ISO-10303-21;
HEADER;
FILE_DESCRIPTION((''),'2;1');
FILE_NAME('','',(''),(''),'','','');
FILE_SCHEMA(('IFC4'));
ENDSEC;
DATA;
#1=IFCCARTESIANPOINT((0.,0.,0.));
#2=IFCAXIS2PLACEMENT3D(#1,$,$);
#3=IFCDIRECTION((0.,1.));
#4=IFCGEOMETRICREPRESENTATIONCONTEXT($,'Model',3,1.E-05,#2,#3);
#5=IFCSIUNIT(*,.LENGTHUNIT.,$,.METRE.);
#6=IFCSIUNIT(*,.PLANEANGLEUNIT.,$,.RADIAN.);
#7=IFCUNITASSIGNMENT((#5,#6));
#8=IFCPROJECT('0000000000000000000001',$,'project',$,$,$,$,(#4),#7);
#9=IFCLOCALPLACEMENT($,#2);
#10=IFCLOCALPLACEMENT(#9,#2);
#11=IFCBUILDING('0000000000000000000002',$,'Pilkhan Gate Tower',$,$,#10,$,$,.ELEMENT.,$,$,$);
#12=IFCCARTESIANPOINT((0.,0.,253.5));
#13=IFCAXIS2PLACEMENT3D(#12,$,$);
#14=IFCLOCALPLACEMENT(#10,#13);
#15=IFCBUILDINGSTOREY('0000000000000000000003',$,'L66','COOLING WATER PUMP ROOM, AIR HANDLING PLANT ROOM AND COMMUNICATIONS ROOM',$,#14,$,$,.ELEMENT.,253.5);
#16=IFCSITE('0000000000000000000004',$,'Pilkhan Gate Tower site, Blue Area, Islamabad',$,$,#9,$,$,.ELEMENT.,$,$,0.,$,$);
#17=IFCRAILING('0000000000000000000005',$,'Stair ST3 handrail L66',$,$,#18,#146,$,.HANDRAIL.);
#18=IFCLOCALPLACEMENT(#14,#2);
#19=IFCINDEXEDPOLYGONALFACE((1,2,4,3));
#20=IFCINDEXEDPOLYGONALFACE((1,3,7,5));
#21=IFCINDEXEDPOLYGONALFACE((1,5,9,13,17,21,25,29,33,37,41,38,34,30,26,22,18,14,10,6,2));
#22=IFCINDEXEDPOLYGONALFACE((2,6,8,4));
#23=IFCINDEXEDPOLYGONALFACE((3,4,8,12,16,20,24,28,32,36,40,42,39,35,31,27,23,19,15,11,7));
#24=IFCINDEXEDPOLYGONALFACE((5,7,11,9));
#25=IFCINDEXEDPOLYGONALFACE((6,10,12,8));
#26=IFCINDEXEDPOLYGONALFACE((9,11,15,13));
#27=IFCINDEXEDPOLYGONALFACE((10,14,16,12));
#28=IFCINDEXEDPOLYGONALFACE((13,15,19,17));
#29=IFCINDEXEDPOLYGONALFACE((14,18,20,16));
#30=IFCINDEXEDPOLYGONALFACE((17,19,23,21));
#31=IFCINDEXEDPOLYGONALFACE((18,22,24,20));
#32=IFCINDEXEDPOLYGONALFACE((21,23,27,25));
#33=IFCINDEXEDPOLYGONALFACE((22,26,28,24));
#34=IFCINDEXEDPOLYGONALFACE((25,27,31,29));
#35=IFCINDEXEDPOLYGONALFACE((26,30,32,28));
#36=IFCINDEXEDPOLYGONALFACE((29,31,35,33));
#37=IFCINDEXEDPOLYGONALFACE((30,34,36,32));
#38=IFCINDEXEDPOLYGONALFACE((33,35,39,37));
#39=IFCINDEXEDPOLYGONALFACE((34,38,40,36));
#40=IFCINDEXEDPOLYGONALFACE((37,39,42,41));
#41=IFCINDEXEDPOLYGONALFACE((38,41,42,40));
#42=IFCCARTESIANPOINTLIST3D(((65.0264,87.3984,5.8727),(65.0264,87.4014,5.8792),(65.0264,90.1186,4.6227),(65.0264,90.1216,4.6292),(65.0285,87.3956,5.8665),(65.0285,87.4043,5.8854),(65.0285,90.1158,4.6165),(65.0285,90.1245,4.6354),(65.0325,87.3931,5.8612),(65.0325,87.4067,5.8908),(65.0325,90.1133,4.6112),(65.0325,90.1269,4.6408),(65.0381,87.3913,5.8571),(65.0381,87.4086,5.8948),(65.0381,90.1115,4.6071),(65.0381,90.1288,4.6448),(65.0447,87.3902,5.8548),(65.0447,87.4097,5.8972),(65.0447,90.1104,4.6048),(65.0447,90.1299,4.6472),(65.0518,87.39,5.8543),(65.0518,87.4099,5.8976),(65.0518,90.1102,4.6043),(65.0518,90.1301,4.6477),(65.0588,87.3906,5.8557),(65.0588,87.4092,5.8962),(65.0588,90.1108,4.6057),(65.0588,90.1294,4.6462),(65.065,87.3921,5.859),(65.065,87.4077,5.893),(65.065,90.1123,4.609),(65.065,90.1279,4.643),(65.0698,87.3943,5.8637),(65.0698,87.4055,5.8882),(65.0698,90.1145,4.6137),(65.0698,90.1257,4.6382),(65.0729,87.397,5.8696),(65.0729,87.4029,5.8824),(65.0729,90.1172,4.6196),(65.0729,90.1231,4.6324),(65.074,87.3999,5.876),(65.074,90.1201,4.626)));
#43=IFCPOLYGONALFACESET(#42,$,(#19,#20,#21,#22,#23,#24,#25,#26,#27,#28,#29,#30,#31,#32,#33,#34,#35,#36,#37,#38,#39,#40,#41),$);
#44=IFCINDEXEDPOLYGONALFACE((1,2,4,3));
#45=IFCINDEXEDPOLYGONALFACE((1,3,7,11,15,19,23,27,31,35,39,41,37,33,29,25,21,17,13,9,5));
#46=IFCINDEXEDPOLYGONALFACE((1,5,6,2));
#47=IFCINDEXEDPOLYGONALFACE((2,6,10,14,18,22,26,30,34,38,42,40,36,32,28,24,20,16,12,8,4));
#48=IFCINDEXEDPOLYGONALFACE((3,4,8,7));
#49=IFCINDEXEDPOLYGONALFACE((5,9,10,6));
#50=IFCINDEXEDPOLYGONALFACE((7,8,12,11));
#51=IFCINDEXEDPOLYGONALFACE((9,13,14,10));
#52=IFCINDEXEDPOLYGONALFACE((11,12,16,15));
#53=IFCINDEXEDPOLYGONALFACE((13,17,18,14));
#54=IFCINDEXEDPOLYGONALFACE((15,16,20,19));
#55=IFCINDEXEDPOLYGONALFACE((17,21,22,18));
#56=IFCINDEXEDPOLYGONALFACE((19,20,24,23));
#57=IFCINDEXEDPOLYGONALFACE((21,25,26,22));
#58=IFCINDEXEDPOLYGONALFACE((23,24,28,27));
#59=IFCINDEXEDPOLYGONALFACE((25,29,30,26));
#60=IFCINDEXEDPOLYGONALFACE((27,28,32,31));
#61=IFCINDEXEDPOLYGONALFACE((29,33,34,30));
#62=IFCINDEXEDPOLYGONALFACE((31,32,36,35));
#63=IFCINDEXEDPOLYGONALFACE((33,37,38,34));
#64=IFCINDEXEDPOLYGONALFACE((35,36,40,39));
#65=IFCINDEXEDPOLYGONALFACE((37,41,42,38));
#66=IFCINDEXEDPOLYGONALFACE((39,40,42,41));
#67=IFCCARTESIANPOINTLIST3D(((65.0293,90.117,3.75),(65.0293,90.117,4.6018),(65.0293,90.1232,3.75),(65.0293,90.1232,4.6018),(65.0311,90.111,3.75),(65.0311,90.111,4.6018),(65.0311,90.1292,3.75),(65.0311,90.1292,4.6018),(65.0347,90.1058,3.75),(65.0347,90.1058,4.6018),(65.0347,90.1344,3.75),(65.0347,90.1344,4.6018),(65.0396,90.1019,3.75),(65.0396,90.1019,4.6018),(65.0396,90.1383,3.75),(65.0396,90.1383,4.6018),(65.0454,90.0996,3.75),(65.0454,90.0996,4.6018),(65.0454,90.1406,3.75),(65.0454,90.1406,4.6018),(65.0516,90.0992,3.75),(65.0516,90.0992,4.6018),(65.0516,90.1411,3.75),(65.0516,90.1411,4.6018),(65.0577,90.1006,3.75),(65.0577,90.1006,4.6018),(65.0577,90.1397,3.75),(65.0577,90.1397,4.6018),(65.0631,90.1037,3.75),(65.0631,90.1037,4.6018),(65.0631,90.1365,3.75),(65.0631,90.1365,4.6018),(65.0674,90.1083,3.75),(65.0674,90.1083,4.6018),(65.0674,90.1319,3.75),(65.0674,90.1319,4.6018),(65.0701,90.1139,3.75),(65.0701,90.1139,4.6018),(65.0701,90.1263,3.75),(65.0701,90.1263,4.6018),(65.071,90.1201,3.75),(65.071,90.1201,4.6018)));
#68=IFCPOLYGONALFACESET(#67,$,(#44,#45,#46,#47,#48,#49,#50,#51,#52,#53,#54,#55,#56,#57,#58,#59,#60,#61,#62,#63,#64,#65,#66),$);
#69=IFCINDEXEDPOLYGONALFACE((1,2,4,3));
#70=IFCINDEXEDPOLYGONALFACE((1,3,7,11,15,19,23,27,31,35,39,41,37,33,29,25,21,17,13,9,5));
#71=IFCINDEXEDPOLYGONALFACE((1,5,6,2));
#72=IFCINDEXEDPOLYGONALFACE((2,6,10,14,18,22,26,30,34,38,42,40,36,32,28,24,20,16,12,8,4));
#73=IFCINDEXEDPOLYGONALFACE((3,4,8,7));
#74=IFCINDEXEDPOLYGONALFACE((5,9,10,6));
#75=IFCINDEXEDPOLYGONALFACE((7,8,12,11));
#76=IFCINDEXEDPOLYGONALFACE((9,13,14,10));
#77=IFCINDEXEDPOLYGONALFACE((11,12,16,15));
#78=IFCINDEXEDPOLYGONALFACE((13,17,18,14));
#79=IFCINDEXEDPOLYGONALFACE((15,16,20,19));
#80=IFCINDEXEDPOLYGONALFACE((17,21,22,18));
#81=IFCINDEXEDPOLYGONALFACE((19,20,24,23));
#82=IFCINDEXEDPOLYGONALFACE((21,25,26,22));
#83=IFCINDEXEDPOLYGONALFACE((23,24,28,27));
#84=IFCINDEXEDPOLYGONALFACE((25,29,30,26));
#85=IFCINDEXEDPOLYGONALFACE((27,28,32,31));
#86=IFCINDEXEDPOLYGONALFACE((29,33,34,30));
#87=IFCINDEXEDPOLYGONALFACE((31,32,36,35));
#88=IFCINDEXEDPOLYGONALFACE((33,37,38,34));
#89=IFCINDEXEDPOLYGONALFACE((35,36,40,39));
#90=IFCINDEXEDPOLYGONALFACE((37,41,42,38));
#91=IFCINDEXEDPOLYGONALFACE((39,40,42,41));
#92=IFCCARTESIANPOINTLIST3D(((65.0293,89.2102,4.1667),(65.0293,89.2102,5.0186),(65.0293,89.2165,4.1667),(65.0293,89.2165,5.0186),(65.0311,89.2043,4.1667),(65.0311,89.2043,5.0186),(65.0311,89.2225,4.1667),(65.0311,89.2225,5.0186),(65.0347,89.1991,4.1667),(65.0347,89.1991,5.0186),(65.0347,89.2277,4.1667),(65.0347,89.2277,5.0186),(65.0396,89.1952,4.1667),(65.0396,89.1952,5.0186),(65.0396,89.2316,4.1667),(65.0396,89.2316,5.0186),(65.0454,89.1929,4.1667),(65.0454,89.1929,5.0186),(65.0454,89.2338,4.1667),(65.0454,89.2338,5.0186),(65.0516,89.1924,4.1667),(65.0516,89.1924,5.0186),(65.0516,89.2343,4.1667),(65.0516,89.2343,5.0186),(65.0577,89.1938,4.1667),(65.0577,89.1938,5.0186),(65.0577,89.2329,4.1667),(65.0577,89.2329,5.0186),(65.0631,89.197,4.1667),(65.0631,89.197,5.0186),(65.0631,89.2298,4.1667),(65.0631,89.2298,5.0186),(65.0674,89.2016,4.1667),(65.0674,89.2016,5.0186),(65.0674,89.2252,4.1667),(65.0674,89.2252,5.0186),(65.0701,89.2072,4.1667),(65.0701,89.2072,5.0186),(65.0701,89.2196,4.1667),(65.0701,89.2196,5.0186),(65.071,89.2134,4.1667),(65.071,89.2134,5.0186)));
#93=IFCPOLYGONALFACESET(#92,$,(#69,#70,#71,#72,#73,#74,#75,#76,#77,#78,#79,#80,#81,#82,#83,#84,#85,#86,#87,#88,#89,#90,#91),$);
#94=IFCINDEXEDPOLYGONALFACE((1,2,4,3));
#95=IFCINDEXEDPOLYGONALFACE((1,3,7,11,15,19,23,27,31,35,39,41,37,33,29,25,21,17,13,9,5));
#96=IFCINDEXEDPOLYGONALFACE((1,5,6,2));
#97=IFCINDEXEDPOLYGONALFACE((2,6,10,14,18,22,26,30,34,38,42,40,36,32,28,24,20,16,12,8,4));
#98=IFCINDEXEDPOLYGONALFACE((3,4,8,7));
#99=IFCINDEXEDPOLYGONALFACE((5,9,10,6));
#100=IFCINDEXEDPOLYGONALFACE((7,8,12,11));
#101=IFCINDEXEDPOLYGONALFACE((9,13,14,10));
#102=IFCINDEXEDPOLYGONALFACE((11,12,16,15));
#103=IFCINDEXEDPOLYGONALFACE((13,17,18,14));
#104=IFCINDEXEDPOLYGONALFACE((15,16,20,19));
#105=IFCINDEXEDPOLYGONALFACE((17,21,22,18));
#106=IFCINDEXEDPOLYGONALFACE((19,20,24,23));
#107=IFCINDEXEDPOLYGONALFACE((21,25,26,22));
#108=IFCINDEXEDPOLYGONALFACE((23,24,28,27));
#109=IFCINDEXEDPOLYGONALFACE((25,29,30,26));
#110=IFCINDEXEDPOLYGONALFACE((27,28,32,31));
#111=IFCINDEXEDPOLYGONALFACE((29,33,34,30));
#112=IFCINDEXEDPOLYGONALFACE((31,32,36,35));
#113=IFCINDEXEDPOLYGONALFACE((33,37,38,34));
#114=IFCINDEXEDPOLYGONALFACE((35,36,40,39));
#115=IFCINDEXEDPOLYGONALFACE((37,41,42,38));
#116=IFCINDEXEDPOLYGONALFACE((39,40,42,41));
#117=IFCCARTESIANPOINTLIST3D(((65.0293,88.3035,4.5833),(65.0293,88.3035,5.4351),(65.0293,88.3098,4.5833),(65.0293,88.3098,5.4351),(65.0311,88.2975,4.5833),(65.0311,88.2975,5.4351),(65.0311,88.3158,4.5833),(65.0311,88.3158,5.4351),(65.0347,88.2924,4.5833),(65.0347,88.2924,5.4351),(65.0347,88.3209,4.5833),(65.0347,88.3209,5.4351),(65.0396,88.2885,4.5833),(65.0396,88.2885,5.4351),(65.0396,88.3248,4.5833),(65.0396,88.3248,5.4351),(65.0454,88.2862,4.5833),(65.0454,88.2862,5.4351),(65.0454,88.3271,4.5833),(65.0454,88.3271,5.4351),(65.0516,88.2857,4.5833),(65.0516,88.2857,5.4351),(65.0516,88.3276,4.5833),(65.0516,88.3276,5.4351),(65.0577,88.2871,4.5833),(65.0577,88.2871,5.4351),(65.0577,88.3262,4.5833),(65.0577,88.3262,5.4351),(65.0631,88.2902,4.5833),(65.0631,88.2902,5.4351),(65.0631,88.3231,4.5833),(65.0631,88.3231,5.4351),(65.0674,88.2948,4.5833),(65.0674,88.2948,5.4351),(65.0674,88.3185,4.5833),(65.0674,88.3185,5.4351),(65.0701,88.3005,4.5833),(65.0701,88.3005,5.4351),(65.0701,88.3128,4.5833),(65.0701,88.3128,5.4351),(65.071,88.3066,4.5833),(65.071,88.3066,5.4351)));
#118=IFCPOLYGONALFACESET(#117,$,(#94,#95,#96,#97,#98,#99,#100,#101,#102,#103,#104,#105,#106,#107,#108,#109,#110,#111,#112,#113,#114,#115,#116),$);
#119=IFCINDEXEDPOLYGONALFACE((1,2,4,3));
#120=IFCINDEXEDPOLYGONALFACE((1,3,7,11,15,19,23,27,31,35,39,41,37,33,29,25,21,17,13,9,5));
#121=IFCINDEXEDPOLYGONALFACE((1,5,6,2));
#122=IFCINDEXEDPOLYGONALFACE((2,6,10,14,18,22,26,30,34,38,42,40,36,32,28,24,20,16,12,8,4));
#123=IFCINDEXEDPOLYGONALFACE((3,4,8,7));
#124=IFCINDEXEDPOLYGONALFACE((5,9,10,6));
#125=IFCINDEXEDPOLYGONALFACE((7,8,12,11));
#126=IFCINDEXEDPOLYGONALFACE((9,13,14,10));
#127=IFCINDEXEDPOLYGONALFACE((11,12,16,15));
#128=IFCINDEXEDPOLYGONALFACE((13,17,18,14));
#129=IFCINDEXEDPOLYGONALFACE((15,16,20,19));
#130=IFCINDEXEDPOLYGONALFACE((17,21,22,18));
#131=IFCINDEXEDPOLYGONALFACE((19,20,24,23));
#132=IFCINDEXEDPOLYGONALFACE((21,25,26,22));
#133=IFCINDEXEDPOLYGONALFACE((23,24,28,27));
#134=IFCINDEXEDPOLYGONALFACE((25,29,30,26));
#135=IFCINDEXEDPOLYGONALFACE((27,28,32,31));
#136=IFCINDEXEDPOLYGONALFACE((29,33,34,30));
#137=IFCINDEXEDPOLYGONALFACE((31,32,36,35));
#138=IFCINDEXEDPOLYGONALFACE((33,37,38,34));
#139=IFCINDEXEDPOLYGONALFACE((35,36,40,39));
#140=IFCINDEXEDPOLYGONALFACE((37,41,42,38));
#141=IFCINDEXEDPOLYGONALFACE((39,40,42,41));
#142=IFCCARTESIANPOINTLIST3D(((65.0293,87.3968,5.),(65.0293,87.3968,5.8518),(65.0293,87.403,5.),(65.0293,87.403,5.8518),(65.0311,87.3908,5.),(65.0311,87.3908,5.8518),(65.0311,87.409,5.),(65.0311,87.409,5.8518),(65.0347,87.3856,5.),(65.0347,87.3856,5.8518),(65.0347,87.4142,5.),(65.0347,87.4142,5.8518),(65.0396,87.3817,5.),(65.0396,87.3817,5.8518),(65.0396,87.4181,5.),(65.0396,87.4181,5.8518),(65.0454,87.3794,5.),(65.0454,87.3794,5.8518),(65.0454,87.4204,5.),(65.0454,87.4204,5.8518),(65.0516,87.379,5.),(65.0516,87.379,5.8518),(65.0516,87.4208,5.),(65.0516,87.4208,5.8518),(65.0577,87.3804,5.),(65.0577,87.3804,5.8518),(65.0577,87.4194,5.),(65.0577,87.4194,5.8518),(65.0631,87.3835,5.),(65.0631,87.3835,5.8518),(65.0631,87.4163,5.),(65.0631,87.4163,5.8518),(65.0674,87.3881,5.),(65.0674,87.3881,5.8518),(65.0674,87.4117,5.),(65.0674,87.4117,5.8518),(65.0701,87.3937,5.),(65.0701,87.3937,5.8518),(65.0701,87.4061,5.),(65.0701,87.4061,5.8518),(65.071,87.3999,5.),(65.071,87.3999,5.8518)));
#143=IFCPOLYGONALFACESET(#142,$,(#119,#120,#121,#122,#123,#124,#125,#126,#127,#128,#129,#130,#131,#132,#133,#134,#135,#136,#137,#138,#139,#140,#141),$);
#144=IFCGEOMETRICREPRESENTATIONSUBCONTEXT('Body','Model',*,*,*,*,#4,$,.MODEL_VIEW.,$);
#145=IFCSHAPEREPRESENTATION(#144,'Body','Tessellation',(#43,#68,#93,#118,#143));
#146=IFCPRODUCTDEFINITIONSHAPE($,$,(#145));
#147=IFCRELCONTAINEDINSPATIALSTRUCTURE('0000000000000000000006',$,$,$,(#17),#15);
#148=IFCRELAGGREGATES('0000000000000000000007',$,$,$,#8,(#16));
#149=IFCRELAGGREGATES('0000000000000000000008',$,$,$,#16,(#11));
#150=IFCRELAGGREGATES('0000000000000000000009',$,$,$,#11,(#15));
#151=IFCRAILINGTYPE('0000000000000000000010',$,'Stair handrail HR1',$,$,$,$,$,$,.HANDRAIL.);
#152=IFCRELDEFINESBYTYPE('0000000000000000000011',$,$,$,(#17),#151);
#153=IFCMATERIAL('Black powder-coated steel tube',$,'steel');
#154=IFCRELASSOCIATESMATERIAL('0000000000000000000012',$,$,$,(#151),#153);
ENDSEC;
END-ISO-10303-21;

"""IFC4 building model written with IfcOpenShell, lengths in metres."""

from ifc_helpers import new_model, si_unit, direction, frame, origin, origin_2d, place, context, subcontext, project, spatial, circle, extrude, material, type_object, element, save


model = new_model("IFC4")

# Units and contexts
model_context = context("Model", 3, precision=1e-05, world=origin(), true_north=direction((0.0, 1.0)))
body_context = subcontext(model_context, "Body", "Model", "MODEL_VIEW")
ifc_project = project(units=[si_unit("LENGTHUNIT", "METRE"), si_unit("PLANEANGLEUNIT", "RADIAN")], contexts=[model_context])

# Site, building, storey
site_placement = place(None, origin())
site = spatial("IfcSite", under=ifc_project, at=site_placement, Name="Pilkhan Gate Tower site, Blue Area, Islamabad", CompositionType="ELEMENT", RefElevation=0.0)
building_placement = place(site_placement, origin())
building = spatial("IfcBuilding", under=site, at=building_placement, Name="Pilkhan Gate Tower", CompositionType="ELEMENT")
storey_placement = place(building_placement, frame((0.0, 0.0, 253.5)))
storey = spatial("IfcBuildingStorey", under=building, at=storey_placement, Name="L66", Description="COOLING WATER PUMP ROOM, AIR HANDLING PLANT ROOM AND COMMUNICATIONS ROOM", CompositionType="ELEMENT", Elevation=253.5)

# Railing
ifc_material_1 = material(Name="Black powder-coated steel tube", Category="steel")
railing_type_1 = type_object("IfcRailingType", Name="Stair handrail HR1", PredefinedType="HANDRAIL", material=ifc_material_1)
railing_1_placement = place(storey_placement, frame((65.05, 90.1201, 3.75)))
element("IfcRailing", 1, at=railing_1_placement, inside=storey, type_object=railing_type_1, Name="Stair ST3 handrail L66", PredefinedType="HANDRAIL", context=body_context, shape_type="SweptSolid", body=[
    extrude(circle(Radius=0.0239, at=origin_2d()), frame((0.0, 0.0, 0.876), z_axis=(0.0, -0.908655, 0.417547), x_axis=(1.0, 0.0, 0.0)), (0.0, 0.0, 1.0), 2.9937),
    extrude(circle(Radius=0.021, at=origin_2d()), origin(), (0.0, 0.0, 1.0), 0.8518),
    extrude(circle(Radius=0.021, at=origin_2d()), frame((0.0, -0.9067, 0.4167)), (0.0, 0.0, 1.0), 0.8518),
    extrude(circle(Radius=0.021, at=origin_2d()), frame((0.0, -1.8135, 0.8333)), (0.0, 0.0, 1.0), 0.8518),
    extrude(circle(Radius=0.021, at=origin_2d()), frame((0.0, -2.7202, 1.25)), (0.0, 0.0, 1.0), 0.8518),
])

save(model, "model.ifc")
